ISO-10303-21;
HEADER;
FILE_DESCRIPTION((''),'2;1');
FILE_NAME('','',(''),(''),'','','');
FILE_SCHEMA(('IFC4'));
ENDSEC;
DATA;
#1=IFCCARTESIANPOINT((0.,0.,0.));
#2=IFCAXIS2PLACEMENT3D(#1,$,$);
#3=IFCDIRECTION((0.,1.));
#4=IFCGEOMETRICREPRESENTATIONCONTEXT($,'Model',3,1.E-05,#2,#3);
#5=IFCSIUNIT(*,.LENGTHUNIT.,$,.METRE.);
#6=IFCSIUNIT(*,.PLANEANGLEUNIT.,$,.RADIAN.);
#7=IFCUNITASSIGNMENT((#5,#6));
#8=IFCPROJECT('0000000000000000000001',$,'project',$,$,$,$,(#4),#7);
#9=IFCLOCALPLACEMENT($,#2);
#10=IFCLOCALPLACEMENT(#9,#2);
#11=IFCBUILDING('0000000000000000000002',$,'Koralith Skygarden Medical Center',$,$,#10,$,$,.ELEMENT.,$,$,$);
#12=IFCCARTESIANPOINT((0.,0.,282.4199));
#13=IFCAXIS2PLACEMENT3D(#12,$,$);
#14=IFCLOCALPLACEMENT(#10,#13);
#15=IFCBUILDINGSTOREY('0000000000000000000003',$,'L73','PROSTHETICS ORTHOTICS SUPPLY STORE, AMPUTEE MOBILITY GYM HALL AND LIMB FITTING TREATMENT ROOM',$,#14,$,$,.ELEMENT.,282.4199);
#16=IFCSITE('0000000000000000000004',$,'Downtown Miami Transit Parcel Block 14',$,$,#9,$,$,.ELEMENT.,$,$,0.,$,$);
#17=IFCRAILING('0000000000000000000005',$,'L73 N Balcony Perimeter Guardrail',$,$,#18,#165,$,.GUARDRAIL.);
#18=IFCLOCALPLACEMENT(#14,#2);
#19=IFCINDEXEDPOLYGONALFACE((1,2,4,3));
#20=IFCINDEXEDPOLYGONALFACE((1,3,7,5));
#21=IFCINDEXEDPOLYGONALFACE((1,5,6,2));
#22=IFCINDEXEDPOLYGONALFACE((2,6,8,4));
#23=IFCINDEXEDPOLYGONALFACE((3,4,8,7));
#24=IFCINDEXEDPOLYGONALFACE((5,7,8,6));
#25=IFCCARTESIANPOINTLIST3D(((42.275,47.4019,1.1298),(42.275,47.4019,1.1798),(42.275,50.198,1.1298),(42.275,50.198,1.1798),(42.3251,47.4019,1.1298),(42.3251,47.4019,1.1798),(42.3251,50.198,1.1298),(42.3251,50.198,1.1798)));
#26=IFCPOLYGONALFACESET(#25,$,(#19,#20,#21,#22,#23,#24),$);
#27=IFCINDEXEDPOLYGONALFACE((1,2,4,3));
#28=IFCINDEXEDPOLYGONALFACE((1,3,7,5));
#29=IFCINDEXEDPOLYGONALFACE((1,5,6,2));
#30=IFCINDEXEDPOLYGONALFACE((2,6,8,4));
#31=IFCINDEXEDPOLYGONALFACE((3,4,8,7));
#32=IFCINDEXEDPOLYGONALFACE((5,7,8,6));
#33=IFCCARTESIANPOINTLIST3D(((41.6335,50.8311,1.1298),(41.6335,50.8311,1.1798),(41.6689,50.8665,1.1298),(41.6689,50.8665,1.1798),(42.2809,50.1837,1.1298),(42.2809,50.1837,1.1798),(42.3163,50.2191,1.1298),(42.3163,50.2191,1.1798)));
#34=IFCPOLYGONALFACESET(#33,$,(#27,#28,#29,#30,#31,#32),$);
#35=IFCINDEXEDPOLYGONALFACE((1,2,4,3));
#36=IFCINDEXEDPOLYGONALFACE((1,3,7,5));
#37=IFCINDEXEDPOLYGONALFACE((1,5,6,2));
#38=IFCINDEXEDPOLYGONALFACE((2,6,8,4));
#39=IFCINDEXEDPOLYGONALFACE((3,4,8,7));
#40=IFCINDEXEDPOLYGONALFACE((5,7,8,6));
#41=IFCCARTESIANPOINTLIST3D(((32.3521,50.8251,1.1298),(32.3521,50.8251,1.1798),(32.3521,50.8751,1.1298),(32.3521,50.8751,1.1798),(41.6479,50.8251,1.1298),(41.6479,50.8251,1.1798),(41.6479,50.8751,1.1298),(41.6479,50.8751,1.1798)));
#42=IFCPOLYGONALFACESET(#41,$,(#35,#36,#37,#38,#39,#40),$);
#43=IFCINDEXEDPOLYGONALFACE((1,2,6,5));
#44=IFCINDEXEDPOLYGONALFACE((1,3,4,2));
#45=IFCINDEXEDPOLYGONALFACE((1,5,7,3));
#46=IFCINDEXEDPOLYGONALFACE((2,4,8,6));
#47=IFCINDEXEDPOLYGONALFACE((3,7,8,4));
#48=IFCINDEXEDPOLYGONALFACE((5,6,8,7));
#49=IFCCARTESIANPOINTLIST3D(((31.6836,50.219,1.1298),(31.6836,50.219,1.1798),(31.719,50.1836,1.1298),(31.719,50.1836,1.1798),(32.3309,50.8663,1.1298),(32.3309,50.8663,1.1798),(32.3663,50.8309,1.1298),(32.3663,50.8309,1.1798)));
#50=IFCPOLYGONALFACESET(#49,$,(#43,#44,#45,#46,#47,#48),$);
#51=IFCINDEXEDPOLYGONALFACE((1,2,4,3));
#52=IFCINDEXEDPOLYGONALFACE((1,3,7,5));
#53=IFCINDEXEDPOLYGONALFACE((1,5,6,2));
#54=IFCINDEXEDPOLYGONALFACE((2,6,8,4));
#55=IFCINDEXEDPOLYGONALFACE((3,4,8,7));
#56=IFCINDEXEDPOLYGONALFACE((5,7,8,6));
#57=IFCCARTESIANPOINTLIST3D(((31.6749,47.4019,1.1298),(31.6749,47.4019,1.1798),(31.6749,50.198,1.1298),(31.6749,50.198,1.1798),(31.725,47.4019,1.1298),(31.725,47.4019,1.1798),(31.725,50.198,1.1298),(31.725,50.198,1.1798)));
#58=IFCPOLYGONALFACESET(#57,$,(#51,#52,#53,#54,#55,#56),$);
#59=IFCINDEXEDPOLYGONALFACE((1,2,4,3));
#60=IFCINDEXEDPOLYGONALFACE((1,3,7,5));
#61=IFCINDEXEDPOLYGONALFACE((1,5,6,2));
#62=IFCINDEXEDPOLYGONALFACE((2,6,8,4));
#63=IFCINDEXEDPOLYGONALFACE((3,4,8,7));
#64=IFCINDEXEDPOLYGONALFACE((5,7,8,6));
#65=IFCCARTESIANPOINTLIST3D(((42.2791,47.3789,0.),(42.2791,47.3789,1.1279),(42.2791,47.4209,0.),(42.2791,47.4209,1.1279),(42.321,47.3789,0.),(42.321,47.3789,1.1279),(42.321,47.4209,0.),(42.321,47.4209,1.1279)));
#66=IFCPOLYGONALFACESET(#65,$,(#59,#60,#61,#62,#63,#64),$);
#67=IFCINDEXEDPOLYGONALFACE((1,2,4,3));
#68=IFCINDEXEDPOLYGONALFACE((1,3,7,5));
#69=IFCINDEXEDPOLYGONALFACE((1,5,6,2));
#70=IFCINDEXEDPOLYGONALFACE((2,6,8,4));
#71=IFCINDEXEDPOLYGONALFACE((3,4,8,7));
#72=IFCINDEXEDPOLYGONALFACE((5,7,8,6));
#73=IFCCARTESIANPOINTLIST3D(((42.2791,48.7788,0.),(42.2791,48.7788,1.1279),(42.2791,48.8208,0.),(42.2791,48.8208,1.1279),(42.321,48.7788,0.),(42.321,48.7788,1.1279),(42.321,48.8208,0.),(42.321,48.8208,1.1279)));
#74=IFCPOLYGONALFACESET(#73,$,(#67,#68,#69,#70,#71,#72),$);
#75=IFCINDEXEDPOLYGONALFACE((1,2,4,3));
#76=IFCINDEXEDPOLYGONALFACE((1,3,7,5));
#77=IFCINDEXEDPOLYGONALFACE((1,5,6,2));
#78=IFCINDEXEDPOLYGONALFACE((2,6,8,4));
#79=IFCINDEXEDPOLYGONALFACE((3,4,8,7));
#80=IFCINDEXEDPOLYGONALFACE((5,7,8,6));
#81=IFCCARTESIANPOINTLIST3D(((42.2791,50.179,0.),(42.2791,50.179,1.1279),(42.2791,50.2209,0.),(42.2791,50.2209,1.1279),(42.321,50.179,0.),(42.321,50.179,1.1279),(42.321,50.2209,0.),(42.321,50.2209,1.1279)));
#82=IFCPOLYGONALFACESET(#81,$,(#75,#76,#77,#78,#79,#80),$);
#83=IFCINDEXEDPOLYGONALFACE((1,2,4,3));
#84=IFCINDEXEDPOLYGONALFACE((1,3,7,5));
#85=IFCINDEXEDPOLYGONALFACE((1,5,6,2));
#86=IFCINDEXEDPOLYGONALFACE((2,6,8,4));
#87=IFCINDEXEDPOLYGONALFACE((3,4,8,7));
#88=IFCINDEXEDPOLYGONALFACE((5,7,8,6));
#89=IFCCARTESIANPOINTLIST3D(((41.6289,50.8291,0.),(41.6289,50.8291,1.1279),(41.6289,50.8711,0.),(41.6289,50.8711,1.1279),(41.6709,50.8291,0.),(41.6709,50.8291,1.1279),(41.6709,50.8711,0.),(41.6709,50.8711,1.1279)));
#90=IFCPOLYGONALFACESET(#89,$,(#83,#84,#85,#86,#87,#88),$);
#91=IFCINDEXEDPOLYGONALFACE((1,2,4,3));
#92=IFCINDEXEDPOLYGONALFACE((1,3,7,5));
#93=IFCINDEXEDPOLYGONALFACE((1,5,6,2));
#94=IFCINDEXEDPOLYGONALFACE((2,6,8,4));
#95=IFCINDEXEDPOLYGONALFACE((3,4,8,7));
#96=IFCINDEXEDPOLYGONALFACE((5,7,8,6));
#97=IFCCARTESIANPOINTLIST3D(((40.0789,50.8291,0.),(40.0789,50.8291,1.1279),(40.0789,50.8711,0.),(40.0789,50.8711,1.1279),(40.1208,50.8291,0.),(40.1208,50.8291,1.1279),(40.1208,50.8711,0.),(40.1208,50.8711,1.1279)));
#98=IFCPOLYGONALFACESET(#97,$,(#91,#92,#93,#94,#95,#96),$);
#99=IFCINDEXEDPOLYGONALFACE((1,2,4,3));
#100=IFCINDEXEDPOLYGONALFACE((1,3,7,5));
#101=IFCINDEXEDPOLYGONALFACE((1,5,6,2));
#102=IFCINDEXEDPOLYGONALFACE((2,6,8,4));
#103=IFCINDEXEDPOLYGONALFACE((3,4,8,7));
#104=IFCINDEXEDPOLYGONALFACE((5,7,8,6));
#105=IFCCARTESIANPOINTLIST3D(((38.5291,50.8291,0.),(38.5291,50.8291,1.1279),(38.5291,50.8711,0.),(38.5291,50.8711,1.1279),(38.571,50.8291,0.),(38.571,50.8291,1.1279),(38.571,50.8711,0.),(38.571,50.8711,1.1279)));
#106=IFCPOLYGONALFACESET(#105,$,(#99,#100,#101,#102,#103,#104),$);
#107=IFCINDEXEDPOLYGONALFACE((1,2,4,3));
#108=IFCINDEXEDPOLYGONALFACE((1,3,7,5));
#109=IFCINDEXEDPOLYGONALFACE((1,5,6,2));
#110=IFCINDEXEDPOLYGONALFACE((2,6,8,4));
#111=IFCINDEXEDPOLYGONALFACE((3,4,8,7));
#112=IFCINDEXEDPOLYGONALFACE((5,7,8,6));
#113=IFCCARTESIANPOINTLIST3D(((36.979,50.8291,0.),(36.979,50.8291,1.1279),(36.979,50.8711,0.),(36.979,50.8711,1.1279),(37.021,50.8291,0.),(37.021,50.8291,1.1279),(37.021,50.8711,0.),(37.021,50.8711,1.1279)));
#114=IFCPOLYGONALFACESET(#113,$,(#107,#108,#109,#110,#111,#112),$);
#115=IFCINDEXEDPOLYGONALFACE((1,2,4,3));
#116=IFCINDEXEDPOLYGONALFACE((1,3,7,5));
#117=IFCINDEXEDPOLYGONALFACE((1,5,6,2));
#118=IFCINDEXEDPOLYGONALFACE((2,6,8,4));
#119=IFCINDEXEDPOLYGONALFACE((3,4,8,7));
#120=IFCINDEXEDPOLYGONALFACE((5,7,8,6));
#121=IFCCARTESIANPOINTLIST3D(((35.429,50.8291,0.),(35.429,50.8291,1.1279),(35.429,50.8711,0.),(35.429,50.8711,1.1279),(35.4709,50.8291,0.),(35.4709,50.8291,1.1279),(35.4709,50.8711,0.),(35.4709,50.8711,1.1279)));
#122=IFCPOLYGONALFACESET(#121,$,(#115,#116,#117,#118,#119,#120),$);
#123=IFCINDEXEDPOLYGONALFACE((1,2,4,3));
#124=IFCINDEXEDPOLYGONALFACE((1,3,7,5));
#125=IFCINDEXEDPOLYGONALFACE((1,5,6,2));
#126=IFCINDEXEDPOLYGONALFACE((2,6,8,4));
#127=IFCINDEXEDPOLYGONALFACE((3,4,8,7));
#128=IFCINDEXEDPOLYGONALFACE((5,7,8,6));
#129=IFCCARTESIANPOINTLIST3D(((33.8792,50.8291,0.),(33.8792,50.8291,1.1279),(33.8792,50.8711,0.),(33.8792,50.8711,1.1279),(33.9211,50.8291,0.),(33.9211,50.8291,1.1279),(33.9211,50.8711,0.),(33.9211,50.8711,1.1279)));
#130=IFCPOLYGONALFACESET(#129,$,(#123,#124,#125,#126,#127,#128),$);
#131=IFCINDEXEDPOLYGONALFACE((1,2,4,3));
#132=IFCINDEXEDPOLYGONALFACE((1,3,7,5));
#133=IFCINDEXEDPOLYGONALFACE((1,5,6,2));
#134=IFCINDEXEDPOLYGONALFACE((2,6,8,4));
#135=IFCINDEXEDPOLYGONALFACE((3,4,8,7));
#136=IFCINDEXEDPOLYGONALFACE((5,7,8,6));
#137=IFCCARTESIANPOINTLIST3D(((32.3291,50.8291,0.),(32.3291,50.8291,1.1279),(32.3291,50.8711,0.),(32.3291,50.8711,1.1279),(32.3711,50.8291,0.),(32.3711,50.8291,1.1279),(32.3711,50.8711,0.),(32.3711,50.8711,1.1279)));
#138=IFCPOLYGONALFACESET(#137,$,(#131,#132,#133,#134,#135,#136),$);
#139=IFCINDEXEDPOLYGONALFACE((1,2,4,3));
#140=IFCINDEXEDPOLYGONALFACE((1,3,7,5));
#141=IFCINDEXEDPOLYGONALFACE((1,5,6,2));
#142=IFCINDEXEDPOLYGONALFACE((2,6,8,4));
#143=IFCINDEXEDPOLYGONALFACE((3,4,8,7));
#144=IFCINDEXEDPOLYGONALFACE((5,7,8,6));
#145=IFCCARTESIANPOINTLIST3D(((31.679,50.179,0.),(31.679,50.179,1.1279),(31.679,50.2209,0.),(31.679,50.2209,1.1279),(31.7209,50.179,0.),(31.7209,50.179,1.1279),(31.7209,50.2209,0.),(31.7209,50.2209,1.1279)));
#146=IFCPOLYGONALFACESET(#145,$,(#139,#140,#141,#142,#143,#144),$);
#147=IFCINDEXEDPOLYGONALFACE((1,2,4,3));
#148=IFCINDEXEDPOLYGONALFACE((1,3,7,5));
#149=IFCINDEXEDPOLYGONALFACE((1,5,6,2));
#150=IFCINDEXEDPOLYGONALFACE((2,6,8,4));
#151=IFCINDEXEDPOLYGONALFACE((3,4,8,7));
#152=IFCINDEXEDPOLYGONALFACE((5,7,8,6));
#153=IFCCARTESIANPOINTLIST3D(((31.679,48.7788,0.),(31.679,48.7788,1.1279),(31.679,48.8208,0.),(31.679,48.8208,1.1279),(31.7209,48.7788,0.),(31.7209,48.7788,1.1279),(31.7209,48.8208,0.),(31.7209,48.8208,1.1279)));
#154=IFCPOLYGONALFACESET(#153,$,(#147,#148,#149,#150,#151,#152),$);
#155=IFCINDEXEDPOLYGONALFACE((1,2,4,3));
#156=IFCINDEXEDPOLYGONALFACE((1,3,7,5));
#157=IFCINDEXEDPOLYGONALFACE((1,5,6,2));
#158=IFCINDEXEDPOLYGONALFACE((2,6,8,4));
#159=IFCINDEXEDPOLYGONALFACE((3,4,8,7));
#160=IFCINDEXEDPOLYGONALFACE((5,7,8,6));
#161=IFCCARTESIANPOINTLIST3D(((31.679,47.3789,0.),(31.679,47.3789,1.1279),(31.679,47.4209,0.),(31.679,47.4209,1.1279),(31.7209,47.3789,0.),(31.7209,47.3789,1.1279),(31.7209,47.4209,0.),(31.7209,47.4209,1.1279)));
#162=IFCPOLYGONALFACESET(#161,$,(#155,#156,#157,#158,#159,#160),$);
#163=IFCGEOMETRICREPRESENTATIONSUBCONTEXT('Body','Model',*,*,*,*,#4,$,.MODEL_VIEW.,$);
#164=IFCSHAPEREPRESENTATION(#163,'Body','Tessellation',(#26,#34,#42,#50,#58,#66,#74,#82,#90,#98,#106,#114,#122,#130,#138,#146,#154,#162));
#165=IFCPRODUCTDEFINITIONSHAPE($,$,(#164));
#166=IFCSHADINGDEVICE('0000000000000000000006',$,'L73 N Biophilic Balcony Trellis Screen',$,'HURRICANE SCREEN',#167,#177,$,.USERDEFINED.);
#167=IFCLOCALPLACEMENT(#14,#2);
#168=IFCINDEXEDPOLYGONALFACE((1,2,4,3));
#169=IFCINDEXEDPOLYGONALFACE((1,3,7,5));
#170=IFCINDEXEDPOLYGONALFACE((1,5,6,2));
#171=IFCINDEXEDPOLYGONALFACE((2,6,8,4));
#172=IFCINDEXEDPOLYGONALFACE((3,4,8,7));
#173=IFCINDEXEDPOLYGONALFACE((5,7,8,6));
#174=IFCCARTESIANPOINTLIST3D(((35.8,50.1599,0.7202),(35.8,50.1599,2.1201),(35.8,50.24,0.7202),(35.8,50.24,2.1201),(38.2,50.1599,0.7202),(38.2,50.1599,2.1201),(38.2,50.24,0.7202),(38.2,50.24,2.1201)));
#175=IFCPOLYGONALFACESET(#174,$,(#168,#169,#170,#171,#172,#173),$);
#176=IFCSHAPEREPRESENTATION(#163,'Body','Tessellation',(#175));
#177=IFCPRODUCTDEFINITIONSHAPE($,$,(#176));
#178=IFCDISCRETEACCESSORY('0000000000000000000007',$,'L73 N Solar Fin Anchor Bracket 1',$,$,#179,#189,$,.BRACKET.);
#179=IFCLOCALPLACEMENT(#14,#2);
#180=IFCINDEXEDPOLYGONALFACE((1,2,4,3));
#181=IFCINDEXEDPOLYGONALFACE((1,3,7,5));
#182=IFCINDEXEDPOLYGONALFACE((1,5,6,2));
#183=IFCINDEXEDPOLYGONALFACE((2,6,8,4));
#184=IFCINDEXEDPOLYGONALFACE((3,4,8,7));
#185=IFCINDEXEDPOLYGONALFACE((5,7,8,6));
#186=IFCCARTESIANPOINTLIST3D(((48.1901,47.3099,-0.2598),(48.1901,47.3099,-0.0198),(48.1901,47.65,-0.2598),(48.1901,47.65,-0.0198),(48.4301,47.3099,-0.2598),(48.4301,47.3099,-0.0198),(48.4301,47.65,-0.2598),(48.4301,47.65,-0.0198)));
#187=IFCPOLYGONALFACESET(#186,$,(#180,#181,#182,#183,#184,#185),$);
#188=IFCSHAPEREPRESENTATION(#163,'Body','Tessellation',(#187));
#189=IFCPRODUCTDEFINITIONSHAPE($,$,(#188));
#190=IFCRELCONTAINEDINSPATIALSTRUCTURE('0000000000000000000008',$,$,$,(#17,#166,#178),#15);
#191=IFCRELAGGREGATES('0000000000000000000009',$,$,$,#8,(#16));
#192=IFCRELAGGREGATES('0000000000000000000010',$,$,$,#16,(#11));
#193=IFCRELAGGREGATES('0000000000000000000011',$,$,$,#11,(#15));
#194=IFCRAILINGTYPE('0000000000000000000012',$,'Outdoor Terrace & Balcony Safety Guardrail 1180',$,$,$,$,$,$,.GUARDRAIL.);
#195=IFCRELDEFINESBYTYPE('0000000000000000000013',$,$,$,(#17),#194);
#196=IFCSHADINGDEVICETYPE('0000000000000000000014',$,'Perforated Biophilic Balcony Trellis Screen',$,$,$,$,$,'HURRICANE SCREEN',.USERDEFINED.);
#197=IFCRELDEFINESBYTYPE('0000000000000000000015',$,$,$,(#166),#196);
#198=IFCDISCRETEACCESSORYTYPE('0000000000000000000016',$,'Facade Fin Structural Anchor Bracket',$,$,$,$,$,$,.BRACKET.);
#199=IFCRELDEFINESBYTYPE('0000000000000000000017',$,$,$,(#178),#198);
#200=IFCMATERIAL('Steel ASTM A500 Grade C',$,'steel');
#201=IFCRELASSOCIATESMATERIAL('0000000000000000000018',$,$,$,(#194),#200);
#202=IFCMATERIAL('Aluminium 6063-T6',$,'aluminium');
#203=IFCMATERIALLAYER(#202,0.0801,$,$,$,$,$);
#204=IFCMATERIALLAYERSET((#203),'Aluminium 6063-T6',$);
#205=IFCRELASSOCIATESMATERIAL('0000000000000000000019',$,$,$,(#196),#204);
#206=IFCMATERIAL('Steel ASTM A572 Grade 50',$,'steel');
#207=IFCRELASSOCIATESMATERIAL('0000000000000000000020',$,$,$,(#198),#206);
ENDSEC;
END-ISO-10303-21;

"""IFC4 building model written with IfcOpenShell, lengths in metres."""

from ifc_helpers import new_model, si_unit, direction, frame, origin, origin_2d, place, context, subcontext, project, spatial, rectangle, extrude, material, layer, layer_set, type_object, element, save


model = new_model("IFC4")

# Units and contexts
model_context = context("Model", 3, precision=1e-05, world=origin(), true_north=direction((0.0, 1.0)))
body_context = subcontext(model_context, "Body", "Model", "MODEL_VIEW")
ifc_project = project(units=[si_unit("LENGTHUNIT", "METRE"), si_unit("PLANEANGLEUNIT", "RADIAN")], contexts=[model_context])

# Site, building, storey
site_placement = place(None, origin())
site = spatial("IfcSite", under=ifc_project, at=site_placement, Name="Downtown Miami Transit Parcel Block 14", CompositionType="ELEMENT", RefElevation=0.0)
building_placement = place(site_placement, origin())
building = spatial("IfcBuilding", under=site, at=building_placement, Name="Koralith Skygarden Medical Center", CompositionType="ELEMENT")
storey_placement = place(building_placement, frame((0.0, 0.0, 282.4199)))
storey = spatial("IfcBuildingStorey", under=building, at=storey_placement, Name="L73", Description="PROSTHETICS ORTHOTICS SUPPLY STORE, AMPUTEE MOBILITY GYM HALL AND LIMB FITTING TREATMENT ROOM", CompositionType="ELEMENT", Elevation=282.4199)

# Shared definitions
ifc_material_1 = material(Name="Aluminium 6063-T6", Category="aluminium")

# Shared definitions
ifc_material_2 = material(Name="Steel ASTM A500 Grade C", Category="steel")

# Railing
railing_type = type_object("IfcRailingType", Name="Outdoor Terrace & Balcony Safety Guardrail 1180", PredefinedType="GUARDRAIL", material=ifc_material_2)
railing_placement = place(storey_placement, frame((42.3, 47.3999, 0.0)))
element("IfcRailing", 1, at=railing_placement, inside=storey, type_object=railing_type, Name="L73 N Balcony Perimeter Guardrail", PredefinedType="GUARDRAIL", context=body_context, shape_type="SweptSolid", body=[
    extrude(rectangle(XDim=0.05, YDim=0.05, at=origin_2d()), frame((0.0, 0.002, 1.1548), z_axis=(0.0, 1.0, 0.0), x_axis=(-1.0, 0.0, 0.0)), (0.0, 0.0, 1.0), 2.7961),
    extrude(rectangle(XDim=0.05, YDim=0.05, at=origin_2d()), frame((-0.0015, 2.8015, 1.1548), z_axis=(-0.707107, 0.707107, 0.0), x_axis=(-0.707107, -0.707107, 0.0)), (0.0, 0.0, 1.0), 0.9155),
    extrude(rectangle(XDim=0.05, YDim=0.05, at=origin_2d()), frame((-0.6521, 3.4502, 1.1548), z_axis=(-1.0, 0.0, 0.0), x_axis=(0.0, -1.0, 0.0)), (0.0, 0.0, 1.0), 9.2959),
    extrude(rectangle(XDim=0.05, YDim=0.05, at=origin_2d()), frame((-9.9514, 3.4487, 1.1548), z_axis=(-0.707107, -0.707107, 0.0), x_axis=(0.707107, -0.707107, 0.0)), (0.0, 0.0, 1.0), 0.9155),
    extrude(rectangle(XDim=0.05, YDim=0.05, at=origin_2d()), frame((-10.6001, 2.7981, 1.1548), z_axis=(0.0, -1.0, 0.0), x_axis=(1.0, 0.0, 0.0)), (0.0, 0.0, 1.0), 2.7961),
    extrude(rectangle(XDim=0.042, YDim=0.042, at=origin_2d()), origin(), (0.0, 0.0, 1.0), 1.1279),
    extrude(rectangle(XDim=0.042, YDim=0.042, at=origin_2d()), frame((0.0, 1.3999, 0.0)), (0.0, 0.0, 1.0), 1.1279),
    extrude(rectangle(XDim=0.042, YDim=0.042, at=origin_2d()), frame((0.0, 2.8, 0.0)), (0.0, 0.0, 1.0), 1.1279),
    extrude(rectangle(XDim=0.042, YDim=0.042, at=origin_2d()), frame((-0.6501, 3.4502, 0.0)), (0.0, 0.0, 1.0), 1.1279),
    extrude(rectangle(XDim=0.042, YDim=0.042, at=origin_2d()), frame((-2.2002, 3.4502, 0.0)), (0.0, 0.0, 1.0), 1.1279),
    extrude(rectangle(XDim=0.042, YDim=0.042, at=origin_2d()), frame((-3.75, 3.4502, 0.0)), (0.0, 0.0, 1.0), 1.1279),
    extrude(rectangle(XDim=0.042, YDim=0.042, at=origin_2d()), frame((-5.3, 3.4502, 0.0)), (0.0, 0.0, 1.0), 1.1279),
    extrude(rectangle(XDim=0.042, YDim=0.042, at=origin_2d()), frame((-6.8501, 3.4502, 0.0)), (0.0, 0.0, 1.0), 1.1279),
    extrude(rectangle(XDim=0.042, YDim=0.042, at=origin_2d()), frame((-8.3999, 3.4502, 0.0)), (0.0, 0.0, 1.0), 1.1279),
    extrude(rectangle(XDim=0.042, YDim=0.042, at=origin_2d()), frame((-9.95, 3.4502, 0.0)), (0.0, 0.0, 1.0), 1.1279),
    extrude(rectangle(XDim=0.042, YDim=0.042, at=origin_2d()), frame((-10.6001, 2.8, 0.0)), (0.0, 0.0, 1.0), 1.1279),
    extrude(rectangle(XDim=0.042, YDim=0.042, at=origin_2d()), frame((-10.6001, 1.3999, 0.0)), (0.0, 0.0, 1.0), 1.1279),
    extrude(rectangle(XDim=0.042, YDim=0.042, at=origin_2d()), frame((-10.6001, 0.0, 0.0)), (0.0, 0.0, 1.0), 1.1279),
])

# Shading device
ifc_layer_1 = layer(ifc_material_1, 0.0801)
ifc_layer_set_1 = layer_set([ifc_layer_1], Name="Aluminium 6063-T6")
shading_device_type_1 = type_object("IfcShadingDeviceType", Name="Perforated Biophilic Balcony Trellis Screen", ElementType="HURRICANE SCREEN", PredefinedType="USERDEFINED", material=ifc_layer_set_1)
shading_device_1_placement = place(storey_placement, frame((37.0, 50.2, 0.7202), z_axis=(0.0, 0.0, 1.0), x_axis=(1.0, 0.0, 0.0)))
element("IfcShadingDevice", 2, at=shading_device_1_placement, inside=storey, type_object=shading_device_type_1, Name="L73 N Biophilic Balcony Trellis Screen", ObjectType="HURRICANE SCREEN", PredefinedType="USERDEFINED", context=body_context, shape_type="SweptSolid", body=[
    extrude(rectangle(XDim=2.3999, YDim=0.0801, at=origin_2d()), origin(), (0.0, 0.0, 1.0), 1.3999),
])

# Discrete accessory
ifc_material_3 = material(Name="Steel ASTM A572 Grade 50", Category="steel")
discrete_accessory_type = type_object("IfcDiscreteAccessoryType", Name="Facade Fin Structural Anchor Bracket", PredefinedType="BRACKET", material=ifc_material_3)
discrete_accessory_placement = place(storey_placement, frame((48.3101, 47.48, -0.2598), z_axis=(0.0, 0.0, 1.0), x_axis=(0.0, 1.0, 0.0)))
element("IfcDiscreteAccessory", 3, at=discrete_accessory_placement, inside=storey, type_object=discrete_accessory_type, Name="L73 N Solar Fin Anchor Bracket 1", PredefinedType="BRACKET", context=body_context, shape_type="SweptSolid", body=[
    extrude(rectangle(XDim=0.3401, YDim=0.24, at=origin_2d()), origin(), (0.0, 0.0, 1.0), 0.24),
])

save(model, "model.ifc")
